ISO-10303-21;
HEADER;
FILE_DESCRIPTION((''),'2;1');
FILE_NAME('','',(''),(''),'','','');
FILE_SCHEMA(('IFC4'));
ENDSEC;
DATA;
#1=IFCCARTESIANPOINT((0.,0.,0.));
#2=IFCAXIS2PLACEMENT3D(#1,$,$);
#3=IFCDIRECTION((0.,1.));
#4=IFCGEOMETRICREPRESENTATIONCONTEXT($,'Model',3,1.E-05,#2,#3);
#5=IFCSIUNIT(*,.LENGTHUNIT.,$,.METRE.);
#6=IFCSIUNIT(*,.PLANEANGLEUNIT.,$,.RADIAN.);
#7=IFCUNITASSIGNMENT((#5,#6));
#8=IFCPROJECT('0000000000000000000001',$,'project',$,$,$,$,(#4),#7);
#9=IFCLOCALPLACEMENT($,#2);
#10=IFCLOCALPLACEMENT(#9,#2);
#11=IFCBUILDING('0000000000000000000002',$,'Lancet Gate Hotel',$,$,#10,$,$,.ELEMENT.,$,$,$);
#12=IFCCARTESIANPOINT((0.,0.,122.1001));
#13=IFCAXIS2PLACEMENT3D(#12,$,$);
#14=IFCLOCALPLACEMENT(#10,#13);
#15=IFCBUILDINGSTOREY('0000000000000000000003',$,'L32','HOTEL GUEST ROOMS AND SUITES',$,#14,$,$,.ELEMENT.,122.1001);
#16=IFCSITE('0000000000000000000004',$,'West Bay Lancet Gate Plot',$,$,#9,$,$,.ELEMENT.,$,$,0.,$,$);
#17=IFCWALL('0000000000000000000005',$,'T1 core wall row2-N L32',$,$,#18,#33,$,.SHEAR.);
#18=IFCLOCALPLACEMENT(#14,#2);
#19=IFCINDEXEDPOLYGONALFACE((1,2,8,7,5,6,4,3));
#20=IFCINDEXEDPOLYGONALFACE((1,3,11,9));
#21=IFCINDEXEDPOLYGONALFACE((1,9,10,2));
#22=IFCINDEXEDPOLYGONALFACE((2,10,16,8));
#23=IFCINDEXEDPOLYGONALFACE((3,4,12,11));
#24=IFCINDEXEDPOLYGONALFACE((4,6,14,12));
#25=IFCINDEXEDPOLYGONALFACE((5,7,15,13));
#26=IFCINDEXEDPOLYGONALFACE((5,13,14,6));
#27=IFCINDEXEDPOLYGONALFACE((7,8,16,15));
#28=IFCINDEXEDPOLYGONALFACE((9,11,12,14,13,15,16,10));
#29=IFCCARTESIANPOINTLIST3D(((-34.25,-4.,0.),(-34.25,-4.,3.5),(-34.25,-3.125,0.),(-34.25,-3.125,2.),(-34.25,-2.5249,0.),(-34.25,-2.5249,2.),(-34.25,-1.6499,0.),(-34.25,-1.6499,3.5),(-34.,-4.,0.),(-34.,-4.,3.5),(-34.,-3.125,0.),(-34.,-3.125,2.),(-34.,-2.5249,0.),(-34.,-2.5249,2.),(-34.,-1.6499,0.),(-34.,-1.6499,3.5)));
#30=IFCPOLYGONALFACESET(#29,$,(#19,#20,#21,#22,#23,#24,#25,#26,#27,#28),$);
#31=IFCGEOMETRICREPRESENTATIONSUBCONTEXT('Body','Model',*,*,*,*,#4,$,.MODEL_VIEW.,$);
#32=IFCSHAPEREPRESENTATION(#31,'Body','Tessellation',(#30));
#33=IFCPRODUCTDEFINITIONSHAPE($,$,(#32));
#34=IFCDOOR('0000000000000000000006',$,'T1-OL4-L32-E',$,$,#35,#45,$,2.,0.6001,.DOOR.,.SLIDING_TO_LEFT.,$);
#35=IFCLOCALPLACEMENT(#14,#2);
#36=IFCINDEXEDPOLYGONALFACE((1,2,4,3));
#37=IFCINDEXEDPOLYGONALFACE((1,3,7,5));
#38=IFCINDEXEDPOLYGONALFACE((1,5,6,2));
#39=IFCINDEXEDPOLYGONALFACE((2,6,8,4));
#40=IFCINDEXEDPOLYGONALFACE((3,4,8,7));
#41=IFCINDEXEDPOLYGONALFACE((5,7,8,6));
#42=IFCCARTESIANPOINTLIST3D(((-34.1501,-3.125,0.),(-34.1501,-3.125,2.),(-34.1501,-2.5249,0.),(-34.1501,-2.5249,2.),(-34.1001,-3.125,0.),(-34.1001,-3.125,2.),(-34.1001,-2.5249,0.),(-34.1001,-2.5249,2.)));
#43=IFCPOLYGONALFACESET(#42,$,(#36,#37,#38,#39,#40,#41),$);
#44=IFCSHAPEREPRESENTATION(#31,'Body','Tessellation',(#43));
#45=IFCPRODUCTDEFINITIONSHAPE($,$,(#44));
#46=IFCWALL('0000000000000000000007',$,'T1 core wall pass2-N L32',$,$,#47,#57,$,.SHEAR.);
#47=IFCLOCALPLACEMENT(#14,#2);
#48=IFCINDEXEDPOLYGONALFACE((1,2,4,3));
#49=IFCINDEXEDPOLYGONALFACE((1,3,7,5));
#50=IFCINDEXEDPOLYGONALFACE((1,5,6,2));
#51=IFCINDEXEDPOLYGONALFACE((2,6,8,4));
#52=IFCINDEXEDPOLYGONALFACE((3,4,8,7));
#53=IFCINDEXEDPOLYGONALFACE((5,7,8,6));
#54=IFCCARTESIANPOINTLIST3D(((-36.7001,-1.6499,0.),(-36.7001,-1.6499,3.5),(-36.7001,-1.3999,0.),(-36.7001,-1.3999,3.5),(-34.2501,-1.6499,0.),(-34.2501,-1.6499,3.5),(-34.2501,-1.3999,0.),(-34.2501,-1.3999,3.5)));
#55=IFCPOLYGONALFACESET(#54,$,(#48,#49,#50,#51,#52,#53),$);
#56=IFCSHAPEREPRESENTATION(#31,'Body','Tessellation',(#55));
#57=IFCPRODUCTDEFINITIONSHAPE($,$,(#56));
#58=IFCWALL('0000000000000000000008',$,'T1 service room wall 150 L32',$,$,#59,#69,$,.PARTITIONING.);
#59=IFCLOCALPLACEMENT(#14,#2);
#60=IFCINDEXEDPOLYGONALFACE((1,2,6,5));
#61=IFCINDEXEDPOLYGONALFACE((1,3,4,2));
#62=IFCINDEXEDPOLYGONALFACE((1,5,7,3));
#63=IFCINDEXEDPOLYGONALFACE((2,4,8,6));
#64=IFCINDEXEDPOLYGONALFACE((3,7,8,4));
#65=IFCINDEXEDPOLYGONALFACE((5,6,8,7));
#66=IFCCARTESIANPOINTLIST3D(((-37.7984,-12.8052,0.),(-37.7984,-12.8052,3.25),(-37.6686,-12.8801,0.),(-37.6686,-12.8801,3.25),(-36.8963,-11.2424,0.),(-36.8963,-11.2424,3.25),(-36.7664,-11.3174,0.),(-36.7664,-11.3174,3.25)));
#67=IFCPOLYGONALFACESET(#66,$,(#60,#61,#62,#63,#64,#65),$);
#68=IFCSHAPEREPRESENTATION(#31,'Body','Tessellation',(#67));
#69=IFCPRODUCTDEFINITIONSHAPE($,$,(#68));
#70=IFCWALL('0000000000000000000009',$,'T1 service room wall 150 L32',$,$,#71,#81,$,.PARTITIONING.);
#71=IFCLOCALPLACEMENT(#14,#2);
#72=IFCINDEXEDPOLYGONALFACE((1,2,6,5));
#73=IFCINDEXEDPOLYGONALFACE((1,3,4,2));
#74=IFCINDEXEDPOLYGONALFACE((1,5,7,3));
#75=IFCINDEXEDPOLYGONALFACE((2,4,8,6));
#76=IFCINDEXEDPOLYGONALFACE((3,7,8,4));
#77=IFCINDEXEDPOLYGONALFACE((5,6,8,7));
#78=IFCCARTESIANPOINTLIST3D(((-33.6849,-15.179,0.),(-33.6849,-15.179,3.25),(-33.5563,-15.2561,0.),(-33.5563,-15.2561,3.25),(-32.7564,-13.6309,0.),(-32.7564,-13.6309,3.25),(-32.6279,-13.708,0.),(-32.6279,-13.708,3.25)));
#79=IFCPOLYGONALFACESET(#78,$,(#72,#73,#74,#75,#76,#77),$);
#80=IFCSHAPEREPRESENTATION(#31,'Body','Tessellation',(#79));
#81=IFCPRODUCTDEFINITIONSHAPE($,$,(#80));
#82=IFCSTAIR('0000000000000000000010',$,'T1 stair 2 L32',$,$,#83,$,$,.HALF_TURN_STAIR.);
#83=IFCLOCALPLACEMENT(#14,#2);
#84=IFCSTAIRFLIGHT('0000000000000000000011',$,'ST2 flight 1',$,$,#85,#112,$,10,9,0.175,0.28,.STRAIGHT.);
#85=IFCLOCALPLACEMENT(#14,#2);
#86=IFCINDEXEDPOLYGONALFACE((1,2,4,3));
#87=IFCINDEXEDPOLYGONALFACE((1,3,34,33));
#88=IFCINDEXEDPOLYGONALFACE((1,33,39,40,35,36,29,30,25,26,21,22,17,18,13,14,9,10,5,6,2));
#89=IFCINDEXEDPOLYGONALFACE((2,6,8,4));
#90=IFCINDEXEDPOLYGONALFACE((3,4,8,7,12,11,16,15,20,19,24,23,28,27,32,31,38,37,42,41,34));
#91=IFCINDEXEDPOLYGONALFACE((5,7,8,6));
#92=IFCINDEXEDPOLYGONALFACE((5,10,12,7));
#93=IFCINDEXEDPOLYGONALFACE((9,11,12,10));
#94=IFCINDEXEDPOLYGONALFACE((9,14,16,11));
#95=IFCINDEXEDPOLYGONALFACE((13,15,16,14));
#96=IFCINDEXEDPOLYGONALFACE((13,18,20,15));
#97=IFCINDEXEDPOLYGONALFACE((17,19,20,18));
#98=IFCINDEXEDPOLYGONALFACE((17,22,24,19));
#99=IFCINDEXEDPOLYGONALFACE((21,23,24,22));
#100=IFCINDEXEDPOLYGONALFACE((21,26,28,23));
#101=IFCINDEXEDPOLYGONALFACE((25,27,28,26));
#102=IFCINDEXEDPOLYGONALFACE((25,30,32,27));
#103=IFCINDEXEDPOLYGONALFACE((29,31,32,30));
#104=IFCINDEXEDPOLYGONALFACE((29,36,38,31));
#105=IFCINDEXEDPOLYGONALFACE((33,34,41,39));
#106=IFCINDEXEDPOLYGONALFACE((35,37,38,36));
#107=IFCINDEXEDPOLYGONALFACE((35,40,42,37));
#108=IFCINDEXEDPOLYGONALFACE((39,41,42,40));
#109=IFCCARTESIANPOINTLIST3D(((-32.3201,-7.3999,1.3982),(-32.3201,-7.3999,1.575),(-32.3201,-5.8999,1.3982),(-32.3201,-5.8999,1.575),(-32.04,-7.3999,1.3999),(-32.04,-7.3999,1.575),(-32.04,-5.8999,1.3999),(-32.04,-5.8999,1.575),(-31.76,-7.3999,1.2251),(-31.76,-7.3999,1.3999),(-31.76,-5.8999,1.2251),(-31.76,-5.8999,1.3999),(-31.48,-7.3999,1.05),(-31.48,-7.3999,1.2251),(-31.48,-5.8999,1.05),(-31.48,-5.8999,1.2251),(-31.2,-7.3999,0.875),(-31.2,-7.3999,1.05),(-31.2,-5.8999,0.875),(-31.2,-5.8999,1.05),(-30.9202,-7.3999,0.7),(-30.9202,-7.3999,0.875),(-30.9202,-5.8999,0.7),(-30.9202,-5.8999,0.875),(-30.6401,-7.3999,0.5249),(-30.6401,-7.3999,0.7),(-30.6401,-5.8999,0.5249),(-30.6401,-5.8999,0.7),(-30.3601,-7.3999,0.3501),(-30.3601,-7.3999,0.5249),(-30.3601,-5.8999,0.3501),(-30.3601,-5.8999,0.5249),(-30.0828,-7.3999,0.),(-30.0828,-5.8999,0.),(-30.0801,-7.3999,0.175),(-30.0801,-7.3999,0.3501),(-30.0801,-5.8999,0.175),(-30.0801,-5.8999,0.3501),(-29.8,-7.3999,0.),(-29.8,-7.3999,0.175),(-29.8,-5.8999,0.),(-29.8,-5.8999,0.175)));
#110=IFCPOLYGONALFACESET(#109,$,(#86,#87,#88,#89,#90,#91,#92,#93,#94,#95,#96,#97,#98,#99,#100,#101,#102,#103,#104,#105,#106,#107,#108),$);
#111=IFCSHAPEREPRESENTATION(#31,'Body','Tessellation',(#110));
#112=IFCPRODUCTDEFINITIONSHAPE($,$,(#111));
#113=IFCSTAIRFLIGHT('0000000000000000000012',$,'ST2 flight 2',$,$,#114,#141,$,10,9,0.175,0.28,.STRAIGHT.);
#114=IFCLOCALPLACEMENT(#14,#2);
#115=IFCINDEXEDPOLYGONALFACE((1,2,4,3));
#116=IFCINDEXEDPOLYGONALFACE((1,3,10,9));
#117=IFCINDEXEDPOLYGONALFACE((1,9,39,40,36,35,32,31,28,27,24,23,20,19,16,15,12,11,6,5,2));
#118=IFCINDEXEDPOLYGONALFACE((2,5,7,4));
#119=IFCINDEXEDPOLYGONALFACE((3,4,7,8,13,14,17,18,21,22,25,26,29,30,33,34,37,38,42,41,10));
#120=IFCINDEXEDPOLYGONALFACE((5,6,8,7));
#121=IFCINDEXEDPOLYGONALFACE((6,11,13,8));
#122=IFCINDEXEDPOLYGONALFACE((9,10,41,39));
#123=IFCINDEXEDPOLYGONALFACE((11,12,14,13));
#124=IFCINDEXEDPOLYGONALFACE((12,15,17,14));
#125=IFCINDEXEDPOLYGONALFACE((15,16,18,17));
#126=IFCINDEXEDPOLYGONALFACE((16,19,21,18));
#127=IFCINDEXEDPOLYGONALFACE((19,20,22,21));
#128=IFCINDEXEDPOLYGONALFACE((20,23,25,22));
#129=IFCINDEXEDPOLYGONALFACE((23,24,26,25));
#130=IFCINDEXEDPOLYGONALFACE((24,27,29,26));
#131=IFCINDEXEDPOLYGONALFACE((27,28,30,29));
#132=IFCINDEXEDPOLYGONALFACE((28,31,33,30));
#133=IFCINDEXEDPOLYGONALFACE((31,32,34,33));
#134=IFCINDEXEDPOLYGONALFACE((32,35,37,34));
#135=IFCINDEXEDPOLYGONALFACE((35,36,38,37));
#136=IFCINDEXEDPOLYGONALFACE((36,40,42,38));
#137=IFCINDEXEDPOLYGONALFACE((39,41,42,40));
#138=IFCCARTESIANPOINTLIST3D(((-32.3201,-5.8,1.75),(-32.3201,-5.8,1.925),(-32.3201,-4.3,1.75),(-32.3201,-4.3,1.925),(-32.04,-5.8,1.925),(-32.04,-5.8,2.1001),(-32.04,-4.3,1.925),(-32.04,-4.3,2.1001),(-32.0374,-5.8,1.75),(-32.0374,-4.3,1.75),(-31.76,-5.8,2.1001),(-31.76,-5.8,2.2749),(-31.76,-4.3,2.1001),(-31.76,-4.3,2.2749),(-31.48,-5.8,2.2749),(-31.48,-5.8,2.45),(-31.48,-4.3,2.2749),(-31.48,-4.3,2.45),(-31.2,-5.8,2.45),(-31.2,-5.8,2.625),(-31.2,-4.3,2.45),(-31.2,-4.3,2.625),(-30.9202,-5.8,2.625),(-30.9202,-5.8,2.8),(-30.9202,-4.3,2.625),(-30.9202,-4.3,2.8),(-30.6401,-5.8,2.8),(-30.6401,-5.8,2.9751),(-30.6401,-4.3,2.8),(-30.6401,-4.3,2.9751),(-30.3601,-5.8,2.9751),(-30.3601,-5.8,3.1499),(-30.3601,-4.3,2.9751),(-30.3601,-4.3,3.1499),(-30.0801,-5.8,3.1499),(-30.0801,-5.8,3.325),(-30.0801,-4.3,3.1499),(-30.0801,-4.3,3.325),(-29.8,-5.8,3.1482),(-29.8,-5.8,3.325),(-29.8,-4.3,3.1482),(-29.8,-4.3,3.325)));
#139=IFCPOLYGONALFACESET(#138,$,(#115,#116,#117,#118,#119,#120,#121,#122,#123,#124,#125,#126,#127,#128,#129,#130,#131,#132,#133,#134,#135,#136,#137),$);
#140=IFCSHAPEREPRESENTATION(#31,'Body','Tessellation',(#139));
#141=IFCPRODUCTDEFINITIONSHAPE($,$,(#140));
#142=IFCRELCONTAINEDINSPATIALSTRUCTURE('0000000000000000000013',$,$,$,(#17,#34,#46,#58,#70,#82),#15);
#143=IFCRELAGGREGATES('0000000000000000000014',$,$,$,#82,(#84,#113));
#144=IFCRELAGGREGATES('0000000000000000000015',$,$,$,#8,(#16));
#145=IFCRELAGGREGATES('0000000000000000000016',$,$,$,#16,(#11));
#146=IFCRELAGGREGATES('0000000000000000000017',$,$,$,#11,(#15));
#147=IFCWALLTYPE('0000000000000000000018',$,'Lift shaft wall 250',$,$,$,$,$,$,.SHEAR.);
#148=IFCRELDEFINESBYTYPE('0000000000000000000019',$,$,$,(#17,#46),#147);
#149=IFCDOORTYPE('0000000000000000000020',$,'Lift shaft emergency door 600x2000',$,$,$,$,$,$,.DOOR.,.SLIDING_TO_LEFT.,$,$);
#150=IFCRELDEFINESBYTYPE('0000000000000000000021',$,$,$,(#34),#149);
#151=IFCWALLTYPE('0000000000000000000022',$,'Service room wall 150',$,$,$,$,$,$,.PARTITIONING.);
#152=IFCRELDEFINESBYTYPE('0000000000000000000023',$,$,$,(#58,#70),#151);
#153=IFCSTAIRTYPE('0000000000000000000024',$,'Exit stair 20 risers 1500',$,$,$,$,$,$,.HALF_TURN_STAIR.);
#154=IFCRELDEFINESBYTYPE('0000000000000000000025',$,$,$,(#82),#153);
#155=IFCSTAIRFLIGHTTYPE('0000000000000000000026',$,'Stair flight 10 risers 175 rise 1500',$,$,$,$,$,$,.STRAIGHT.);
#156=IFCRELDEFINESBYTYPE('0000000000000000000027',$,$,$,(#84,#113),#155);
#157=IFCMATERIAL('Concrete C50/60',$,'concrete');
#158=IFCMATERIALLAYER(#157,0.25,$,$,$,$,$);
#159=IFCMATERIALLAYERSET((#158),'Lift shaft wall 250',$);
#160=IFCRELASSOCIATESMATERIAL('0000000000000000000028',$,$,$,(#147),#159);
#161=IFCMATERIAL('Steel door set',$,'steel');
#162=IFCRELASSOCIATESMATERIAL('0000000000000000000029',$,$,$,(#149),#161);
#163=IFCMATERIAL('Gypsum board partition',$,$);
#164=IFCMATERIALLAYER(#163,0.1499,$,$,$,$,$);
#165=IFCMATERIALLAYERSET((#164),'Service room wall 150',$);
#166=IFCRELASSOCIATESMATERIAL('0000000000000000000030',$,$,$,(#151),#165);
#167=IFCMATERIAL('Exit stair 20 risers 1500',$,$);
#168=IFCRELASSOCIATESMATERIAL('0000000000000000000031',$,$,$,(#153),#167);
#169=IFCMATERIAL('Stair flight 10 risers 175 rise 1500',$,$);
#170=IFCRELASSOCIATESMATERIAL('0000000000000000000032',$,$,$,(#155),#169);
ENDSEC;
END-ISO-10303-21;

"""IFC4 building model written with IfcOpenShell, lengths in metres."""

from ifc_helpers import new_model, si_unit, direction, frame, frame_2d, origin, place, context, subcontext, project, spatial, polyline, rectangle, outline, extrude, material, layer, layer_set, type_object, element, fill, aggregate, save


model = new_model("IFC4")

# Units and contexts
model_context = context("Model", 3, precision=1e-05, world=origin(), true_north=direction((0.0, 1.0)))
body_context = subcontext(model_context, "Body", "Model", "MODEL_VIEW")
ifc_project = project(units=[si_unit("LENGTHUNIT", "METRE"), si_unit("PLANEANGLEUNIT", "RADIAN")], contexts=[model_context])

# Site, building, storey
site_placement = place(None, origin())
site = spatial("IfcSite", under=ifc_project, at=site_placement, Name="West Bay Lancet Gate Plot", CompositionType="ELEMENT", RefElevation=0.0)
building_placement = place(site_placement, origin())
building = spatial("IfcBuilding", under=site, at=building_placement, Name="Lancet Gate Hotel", CompositionType="ELEMENT")
storey_placement = place(building_placement, frame((0.0, 0.0, 122.1001)))
storey = spatial("IfcBuildingStorey", under=building, at=storey_placement, Name="L32", Description="HOTEL GUEST ROOMS AND SUITES", CompositionType="ELEMENT", Elevation=122.1001)

# Wall, opening, door
ifc_material_1 = material(Name="Concrete C50/60", Category="concrete")
ifc_layer_1 = layer(ifc_material_1, 0.25)
ifc_layer_set_1 = layer_set([ifc_layer_1], Name="Lift shaft wall 250")
wall_type_1 = type_object("IfcWallType", Name="Lift shaft wall 250", PredefinedType="SHEAR", material=ifc_layer_set_1)
wall_1_placement = place(storey_placement, frame((-34.125, -1.6499, 0.0), z_axis=(0.0, 0.0, 1.0), x_axis=(0.0, -1.0, 0.0)))
wall_1 = element("IfcWall", 1, at=wall_1_placement, inside=storey, type_object=wall_type_1, Name="T1 core wall row2-N L32", PredefinedType="SHEAR", context=body_context, shape_type="SweptSolid", body=[
    extrude(rectangle(XDim=2.3501, YDim=0.25, at=frame_2d((1.175, 0.0))), origin(), (0.0, 0.0, 1.0), 3.5),
])
opening_1_placement = place(wall_1_placement, frame((0.875, 0.0, 0.0)))
opening_1 = element("IfcOpeningElement", 2, at=opening_1_placement, cuts=wall_1, PredefinedType="OPENING", context=body_context, shape_type="SweptSolid", body=[
    extrude(rectangle(XDim=0.6001, YDim=2.0, at=frame_2d((0.3, 1.0))), frame((0.0, 0.135, 0.0), z_axis=(0.0, -1.0, 0.0), x_axis=(1.0, 0.0, 0.0)), (0.0, 0.0, 1.0), 0.27),
])
ifc_material_2 = material(Name="Steel door set", Category="steel")
door_type_1 = type_object("IfcDoorType", Name="Lift shaft emergency door 600x2000", OperationType="SLIDING_TO_LEFT", PredefinedType="DOOR", material=ifc_material_2)
door_1_placement = place(opening_1_placement, origin())
door_1 = element("IfcDoor", 3, at=door_1_placement, inside=storey, type_object=door_type_1, Name="T1-OL4-L32-E", OperationType="SLIDING_TO_LEFT", OverallHeight=2.0, OverallWidth=0.6001, PredefinedType="DOOR", context=body_context, shape_type="SweptSolid", body=[
    extrude(rectangle(XDim=0.6001, YDim=2.0, at=frame_2d((0.3, 1.0))), frame((0.0, 0.0249, 0.0), z_axis=(0.0, -1.0, 0.0), x_axis=(1.0, 0.0, 0.0)), (0.0, 0.0, 1.0), 0.05),
])
fill(opening_1, door_1)

# Walls
wall_2_placement = place(storey_placement, frame((-34.25, -1.5249, 0.0), z_axis=(0.0, 0.0, 1.0), x_axis=(-1.0, 0.0, 0.0)))
element("IfcWall", 4, at=wall_2_placement, inside=storey, type_object=wall_type_1, Name="T1 core wall pass2-N L32", PredefinedType="SHEAR", context=body_context, shape_type="SweptSolid", body=[
    extrude(rectangle(XDim=2.45, YDim=0.25, at=frame_2d((1.2251, 0.0))), origin(), (0.0, 0.0, 1.0), 3.5),
])
ifc_material_3 = material(Name="Gypsum board partition")
ifc_layer_2 = layer(ifc_material_3, 0.1499)
ifc_layer_set_2 = layer_set([ifc_layer_2], Name="Service room wall 150")
wall_type_2 = type_object("IfcWallType", Name="Service room wall 150", PredefinedType="PARTITIONING", material=ifc_layer_set_2)
wall_3_placement = place(storey_placement, frame((-36.8313, -11.2798, 0.0), z_axis=(0.0, 0.0, 1.0), x_axis=(-0.499937, -0.866062, 0.0)))
element("IfcWall", 5, at=wall_3_placement, inside=storey, type_object=wall_type_2, Name="T1 service room wall 150 L32", PredefinedType="PARTITIONING", context=body_context, shape_type="SweptSolid", body=[
    extrude(rectangle(XDim=1.8044, YDim=0.1499, at=frame_2d((0.9023, 0.0))), origin(), (0.0, 0.0, 1.0), 3.25),
])
wall_4_placement = place(storey_placement, frame((-33.6206, -15.2175, 0.0), z_axis=(0.0, 0.0, 1.0), x_axis=(0.514337, 0.857588, 0.0)))
element("IfcWall", 6, at=wall_4_placement, inside=storey, type_object=wall_type_2, Name="T1 service room wall 150 L32", PredefinedType="PARTITIONING", context=body_context, shape_type="SweptSolid", body=[
    extrude(rectangle(XDim=1.8052, YDim=0.1499, at=frame_2d((0.9026, 0.0))), origin(), (0.0, 0.0, 1.0), 3.25),
])

# Stair, stair flights
ifc_material_4 = material(Name="Exit stair 20 risers 1500")
stair_type = type_object("IfcStairType", Name="Exit stair 20 risers 1500", PredefinedType="HALF_TURN_STAIR", material=ifc_material_4)
stair_placement = place(storey_placement, origin())
stair = element("IfcStair", 7, at=stair_placement, inside=storey, type_object=stair_type, Name="T1 stair 2 L32", PredefinedType="HALF_TURN_STAIR")
ifc_material_5 = material(Name="Stair flight 10 risers 175 rise 1500")
stair_flight_type = type_object("IfcStairFlightType", Name="Stair flight 10 risers 175 rise 1500", PredefinedType="STRAIGHT", material=ifc_material_5)
stair_flight_1_placement = place(storey_placement, frame((-29.8, -6.6499, 0.0), z_axis=(0.0, 0.0, 1.0), x_axis=(-1.0, 0.0, 0.0)))
stair_flight_1 = element("IfcStairFlight", 8, at=stair_flight_1_placement, type_object=stair_flight_type, Name="ST2 flight 1", NumberOfRisers=10, NumberOfTreads=9, PredefinedType="STRAIGHT", RiserHeight=0.175, TreadLength=0.28, context=body_context, shape_type="SweptSolid", body=[
    extrude(outline(polyline([(0.0, 0.0), (0.0, 0.175), (0.28, 0.175), (0.28, 0.3501), (0.5601, 0.3501), (0.5601, 0.5249), (0.8401, 0.5249), (0.8401, 0.7), (1.1201, 0.7), (1.1201, 0.875), (1.3999, 0.875), (1.3999, 1.05), (1.6799, 1.05), (1.6799, 1.2251), (1.96, 1.2251), (1.96, 1.3999), (2.24, 1.3999), (2.24, 1.575), (2.52, 1.575), (2.52, 1.75), (2.52, 1.3982), (0.2827, 0.0), (0.0, 0.0)])), frame((0.0, 0.75, 0.0), z_axis=(0.0, -1.0, 0.0), x_axis=(1.0, 0.0, 0.0)), (0.0, 0.0, 1.0), 1.5),
])
stair_flight_2_placement = place(storey_placement, frame((-32.3201, -5.05, 1.75), z_axis=(0.0, 0.0, 1.0), x_axis=(1.0, 0.0, 0.0)))
stair_flight_2 = element("IfcStairFlight", 9, at=stair_flight_2_placement, type_object=stair_flight_type, Name="ST2 flight 2", NumberOfRisers=10, NumberOfTreads=9, PredefinedType="STRAIGHT", RiserHeight=0.175, TreadLength=0.28, context=body_context, shape_type="SweptSolid", body=[
    extrude(outline(polyline([(0.0, 0.0), (0.0, 0.175), (0.28, 0.175), (0.28, 0.3501), (0.5601, 0.3501), (0.5601, 0.5249), (0.8401, 0.5249), (0.8401, 0.7), (1.1201, 0.7), (1.1201, 0.875), (1.3999, 0.875), (1.3999, 1.05), (1.6799, 1.05), (1.6799, 1.2251), (1.96, 1.2251), (1.96, 1.3999), (2.24, 1.3999), (2.24, 1.575), (2.52, 1.575), (2.52, 1.75), (2.52, 1.3982), (0.2827, 0.0), (0.0, 0.0)])), frame((0.0, 0.75, 0.0), z_axis=(0.0, -1.0, 0.0), x_axis=(1.0, 0.0, 0.0)), (0.0, 0.0, 1.0), 1.5),
])
aggregate(stair, [stair_flight_1, stair_flight_2])

save(model, "model.ifc")
